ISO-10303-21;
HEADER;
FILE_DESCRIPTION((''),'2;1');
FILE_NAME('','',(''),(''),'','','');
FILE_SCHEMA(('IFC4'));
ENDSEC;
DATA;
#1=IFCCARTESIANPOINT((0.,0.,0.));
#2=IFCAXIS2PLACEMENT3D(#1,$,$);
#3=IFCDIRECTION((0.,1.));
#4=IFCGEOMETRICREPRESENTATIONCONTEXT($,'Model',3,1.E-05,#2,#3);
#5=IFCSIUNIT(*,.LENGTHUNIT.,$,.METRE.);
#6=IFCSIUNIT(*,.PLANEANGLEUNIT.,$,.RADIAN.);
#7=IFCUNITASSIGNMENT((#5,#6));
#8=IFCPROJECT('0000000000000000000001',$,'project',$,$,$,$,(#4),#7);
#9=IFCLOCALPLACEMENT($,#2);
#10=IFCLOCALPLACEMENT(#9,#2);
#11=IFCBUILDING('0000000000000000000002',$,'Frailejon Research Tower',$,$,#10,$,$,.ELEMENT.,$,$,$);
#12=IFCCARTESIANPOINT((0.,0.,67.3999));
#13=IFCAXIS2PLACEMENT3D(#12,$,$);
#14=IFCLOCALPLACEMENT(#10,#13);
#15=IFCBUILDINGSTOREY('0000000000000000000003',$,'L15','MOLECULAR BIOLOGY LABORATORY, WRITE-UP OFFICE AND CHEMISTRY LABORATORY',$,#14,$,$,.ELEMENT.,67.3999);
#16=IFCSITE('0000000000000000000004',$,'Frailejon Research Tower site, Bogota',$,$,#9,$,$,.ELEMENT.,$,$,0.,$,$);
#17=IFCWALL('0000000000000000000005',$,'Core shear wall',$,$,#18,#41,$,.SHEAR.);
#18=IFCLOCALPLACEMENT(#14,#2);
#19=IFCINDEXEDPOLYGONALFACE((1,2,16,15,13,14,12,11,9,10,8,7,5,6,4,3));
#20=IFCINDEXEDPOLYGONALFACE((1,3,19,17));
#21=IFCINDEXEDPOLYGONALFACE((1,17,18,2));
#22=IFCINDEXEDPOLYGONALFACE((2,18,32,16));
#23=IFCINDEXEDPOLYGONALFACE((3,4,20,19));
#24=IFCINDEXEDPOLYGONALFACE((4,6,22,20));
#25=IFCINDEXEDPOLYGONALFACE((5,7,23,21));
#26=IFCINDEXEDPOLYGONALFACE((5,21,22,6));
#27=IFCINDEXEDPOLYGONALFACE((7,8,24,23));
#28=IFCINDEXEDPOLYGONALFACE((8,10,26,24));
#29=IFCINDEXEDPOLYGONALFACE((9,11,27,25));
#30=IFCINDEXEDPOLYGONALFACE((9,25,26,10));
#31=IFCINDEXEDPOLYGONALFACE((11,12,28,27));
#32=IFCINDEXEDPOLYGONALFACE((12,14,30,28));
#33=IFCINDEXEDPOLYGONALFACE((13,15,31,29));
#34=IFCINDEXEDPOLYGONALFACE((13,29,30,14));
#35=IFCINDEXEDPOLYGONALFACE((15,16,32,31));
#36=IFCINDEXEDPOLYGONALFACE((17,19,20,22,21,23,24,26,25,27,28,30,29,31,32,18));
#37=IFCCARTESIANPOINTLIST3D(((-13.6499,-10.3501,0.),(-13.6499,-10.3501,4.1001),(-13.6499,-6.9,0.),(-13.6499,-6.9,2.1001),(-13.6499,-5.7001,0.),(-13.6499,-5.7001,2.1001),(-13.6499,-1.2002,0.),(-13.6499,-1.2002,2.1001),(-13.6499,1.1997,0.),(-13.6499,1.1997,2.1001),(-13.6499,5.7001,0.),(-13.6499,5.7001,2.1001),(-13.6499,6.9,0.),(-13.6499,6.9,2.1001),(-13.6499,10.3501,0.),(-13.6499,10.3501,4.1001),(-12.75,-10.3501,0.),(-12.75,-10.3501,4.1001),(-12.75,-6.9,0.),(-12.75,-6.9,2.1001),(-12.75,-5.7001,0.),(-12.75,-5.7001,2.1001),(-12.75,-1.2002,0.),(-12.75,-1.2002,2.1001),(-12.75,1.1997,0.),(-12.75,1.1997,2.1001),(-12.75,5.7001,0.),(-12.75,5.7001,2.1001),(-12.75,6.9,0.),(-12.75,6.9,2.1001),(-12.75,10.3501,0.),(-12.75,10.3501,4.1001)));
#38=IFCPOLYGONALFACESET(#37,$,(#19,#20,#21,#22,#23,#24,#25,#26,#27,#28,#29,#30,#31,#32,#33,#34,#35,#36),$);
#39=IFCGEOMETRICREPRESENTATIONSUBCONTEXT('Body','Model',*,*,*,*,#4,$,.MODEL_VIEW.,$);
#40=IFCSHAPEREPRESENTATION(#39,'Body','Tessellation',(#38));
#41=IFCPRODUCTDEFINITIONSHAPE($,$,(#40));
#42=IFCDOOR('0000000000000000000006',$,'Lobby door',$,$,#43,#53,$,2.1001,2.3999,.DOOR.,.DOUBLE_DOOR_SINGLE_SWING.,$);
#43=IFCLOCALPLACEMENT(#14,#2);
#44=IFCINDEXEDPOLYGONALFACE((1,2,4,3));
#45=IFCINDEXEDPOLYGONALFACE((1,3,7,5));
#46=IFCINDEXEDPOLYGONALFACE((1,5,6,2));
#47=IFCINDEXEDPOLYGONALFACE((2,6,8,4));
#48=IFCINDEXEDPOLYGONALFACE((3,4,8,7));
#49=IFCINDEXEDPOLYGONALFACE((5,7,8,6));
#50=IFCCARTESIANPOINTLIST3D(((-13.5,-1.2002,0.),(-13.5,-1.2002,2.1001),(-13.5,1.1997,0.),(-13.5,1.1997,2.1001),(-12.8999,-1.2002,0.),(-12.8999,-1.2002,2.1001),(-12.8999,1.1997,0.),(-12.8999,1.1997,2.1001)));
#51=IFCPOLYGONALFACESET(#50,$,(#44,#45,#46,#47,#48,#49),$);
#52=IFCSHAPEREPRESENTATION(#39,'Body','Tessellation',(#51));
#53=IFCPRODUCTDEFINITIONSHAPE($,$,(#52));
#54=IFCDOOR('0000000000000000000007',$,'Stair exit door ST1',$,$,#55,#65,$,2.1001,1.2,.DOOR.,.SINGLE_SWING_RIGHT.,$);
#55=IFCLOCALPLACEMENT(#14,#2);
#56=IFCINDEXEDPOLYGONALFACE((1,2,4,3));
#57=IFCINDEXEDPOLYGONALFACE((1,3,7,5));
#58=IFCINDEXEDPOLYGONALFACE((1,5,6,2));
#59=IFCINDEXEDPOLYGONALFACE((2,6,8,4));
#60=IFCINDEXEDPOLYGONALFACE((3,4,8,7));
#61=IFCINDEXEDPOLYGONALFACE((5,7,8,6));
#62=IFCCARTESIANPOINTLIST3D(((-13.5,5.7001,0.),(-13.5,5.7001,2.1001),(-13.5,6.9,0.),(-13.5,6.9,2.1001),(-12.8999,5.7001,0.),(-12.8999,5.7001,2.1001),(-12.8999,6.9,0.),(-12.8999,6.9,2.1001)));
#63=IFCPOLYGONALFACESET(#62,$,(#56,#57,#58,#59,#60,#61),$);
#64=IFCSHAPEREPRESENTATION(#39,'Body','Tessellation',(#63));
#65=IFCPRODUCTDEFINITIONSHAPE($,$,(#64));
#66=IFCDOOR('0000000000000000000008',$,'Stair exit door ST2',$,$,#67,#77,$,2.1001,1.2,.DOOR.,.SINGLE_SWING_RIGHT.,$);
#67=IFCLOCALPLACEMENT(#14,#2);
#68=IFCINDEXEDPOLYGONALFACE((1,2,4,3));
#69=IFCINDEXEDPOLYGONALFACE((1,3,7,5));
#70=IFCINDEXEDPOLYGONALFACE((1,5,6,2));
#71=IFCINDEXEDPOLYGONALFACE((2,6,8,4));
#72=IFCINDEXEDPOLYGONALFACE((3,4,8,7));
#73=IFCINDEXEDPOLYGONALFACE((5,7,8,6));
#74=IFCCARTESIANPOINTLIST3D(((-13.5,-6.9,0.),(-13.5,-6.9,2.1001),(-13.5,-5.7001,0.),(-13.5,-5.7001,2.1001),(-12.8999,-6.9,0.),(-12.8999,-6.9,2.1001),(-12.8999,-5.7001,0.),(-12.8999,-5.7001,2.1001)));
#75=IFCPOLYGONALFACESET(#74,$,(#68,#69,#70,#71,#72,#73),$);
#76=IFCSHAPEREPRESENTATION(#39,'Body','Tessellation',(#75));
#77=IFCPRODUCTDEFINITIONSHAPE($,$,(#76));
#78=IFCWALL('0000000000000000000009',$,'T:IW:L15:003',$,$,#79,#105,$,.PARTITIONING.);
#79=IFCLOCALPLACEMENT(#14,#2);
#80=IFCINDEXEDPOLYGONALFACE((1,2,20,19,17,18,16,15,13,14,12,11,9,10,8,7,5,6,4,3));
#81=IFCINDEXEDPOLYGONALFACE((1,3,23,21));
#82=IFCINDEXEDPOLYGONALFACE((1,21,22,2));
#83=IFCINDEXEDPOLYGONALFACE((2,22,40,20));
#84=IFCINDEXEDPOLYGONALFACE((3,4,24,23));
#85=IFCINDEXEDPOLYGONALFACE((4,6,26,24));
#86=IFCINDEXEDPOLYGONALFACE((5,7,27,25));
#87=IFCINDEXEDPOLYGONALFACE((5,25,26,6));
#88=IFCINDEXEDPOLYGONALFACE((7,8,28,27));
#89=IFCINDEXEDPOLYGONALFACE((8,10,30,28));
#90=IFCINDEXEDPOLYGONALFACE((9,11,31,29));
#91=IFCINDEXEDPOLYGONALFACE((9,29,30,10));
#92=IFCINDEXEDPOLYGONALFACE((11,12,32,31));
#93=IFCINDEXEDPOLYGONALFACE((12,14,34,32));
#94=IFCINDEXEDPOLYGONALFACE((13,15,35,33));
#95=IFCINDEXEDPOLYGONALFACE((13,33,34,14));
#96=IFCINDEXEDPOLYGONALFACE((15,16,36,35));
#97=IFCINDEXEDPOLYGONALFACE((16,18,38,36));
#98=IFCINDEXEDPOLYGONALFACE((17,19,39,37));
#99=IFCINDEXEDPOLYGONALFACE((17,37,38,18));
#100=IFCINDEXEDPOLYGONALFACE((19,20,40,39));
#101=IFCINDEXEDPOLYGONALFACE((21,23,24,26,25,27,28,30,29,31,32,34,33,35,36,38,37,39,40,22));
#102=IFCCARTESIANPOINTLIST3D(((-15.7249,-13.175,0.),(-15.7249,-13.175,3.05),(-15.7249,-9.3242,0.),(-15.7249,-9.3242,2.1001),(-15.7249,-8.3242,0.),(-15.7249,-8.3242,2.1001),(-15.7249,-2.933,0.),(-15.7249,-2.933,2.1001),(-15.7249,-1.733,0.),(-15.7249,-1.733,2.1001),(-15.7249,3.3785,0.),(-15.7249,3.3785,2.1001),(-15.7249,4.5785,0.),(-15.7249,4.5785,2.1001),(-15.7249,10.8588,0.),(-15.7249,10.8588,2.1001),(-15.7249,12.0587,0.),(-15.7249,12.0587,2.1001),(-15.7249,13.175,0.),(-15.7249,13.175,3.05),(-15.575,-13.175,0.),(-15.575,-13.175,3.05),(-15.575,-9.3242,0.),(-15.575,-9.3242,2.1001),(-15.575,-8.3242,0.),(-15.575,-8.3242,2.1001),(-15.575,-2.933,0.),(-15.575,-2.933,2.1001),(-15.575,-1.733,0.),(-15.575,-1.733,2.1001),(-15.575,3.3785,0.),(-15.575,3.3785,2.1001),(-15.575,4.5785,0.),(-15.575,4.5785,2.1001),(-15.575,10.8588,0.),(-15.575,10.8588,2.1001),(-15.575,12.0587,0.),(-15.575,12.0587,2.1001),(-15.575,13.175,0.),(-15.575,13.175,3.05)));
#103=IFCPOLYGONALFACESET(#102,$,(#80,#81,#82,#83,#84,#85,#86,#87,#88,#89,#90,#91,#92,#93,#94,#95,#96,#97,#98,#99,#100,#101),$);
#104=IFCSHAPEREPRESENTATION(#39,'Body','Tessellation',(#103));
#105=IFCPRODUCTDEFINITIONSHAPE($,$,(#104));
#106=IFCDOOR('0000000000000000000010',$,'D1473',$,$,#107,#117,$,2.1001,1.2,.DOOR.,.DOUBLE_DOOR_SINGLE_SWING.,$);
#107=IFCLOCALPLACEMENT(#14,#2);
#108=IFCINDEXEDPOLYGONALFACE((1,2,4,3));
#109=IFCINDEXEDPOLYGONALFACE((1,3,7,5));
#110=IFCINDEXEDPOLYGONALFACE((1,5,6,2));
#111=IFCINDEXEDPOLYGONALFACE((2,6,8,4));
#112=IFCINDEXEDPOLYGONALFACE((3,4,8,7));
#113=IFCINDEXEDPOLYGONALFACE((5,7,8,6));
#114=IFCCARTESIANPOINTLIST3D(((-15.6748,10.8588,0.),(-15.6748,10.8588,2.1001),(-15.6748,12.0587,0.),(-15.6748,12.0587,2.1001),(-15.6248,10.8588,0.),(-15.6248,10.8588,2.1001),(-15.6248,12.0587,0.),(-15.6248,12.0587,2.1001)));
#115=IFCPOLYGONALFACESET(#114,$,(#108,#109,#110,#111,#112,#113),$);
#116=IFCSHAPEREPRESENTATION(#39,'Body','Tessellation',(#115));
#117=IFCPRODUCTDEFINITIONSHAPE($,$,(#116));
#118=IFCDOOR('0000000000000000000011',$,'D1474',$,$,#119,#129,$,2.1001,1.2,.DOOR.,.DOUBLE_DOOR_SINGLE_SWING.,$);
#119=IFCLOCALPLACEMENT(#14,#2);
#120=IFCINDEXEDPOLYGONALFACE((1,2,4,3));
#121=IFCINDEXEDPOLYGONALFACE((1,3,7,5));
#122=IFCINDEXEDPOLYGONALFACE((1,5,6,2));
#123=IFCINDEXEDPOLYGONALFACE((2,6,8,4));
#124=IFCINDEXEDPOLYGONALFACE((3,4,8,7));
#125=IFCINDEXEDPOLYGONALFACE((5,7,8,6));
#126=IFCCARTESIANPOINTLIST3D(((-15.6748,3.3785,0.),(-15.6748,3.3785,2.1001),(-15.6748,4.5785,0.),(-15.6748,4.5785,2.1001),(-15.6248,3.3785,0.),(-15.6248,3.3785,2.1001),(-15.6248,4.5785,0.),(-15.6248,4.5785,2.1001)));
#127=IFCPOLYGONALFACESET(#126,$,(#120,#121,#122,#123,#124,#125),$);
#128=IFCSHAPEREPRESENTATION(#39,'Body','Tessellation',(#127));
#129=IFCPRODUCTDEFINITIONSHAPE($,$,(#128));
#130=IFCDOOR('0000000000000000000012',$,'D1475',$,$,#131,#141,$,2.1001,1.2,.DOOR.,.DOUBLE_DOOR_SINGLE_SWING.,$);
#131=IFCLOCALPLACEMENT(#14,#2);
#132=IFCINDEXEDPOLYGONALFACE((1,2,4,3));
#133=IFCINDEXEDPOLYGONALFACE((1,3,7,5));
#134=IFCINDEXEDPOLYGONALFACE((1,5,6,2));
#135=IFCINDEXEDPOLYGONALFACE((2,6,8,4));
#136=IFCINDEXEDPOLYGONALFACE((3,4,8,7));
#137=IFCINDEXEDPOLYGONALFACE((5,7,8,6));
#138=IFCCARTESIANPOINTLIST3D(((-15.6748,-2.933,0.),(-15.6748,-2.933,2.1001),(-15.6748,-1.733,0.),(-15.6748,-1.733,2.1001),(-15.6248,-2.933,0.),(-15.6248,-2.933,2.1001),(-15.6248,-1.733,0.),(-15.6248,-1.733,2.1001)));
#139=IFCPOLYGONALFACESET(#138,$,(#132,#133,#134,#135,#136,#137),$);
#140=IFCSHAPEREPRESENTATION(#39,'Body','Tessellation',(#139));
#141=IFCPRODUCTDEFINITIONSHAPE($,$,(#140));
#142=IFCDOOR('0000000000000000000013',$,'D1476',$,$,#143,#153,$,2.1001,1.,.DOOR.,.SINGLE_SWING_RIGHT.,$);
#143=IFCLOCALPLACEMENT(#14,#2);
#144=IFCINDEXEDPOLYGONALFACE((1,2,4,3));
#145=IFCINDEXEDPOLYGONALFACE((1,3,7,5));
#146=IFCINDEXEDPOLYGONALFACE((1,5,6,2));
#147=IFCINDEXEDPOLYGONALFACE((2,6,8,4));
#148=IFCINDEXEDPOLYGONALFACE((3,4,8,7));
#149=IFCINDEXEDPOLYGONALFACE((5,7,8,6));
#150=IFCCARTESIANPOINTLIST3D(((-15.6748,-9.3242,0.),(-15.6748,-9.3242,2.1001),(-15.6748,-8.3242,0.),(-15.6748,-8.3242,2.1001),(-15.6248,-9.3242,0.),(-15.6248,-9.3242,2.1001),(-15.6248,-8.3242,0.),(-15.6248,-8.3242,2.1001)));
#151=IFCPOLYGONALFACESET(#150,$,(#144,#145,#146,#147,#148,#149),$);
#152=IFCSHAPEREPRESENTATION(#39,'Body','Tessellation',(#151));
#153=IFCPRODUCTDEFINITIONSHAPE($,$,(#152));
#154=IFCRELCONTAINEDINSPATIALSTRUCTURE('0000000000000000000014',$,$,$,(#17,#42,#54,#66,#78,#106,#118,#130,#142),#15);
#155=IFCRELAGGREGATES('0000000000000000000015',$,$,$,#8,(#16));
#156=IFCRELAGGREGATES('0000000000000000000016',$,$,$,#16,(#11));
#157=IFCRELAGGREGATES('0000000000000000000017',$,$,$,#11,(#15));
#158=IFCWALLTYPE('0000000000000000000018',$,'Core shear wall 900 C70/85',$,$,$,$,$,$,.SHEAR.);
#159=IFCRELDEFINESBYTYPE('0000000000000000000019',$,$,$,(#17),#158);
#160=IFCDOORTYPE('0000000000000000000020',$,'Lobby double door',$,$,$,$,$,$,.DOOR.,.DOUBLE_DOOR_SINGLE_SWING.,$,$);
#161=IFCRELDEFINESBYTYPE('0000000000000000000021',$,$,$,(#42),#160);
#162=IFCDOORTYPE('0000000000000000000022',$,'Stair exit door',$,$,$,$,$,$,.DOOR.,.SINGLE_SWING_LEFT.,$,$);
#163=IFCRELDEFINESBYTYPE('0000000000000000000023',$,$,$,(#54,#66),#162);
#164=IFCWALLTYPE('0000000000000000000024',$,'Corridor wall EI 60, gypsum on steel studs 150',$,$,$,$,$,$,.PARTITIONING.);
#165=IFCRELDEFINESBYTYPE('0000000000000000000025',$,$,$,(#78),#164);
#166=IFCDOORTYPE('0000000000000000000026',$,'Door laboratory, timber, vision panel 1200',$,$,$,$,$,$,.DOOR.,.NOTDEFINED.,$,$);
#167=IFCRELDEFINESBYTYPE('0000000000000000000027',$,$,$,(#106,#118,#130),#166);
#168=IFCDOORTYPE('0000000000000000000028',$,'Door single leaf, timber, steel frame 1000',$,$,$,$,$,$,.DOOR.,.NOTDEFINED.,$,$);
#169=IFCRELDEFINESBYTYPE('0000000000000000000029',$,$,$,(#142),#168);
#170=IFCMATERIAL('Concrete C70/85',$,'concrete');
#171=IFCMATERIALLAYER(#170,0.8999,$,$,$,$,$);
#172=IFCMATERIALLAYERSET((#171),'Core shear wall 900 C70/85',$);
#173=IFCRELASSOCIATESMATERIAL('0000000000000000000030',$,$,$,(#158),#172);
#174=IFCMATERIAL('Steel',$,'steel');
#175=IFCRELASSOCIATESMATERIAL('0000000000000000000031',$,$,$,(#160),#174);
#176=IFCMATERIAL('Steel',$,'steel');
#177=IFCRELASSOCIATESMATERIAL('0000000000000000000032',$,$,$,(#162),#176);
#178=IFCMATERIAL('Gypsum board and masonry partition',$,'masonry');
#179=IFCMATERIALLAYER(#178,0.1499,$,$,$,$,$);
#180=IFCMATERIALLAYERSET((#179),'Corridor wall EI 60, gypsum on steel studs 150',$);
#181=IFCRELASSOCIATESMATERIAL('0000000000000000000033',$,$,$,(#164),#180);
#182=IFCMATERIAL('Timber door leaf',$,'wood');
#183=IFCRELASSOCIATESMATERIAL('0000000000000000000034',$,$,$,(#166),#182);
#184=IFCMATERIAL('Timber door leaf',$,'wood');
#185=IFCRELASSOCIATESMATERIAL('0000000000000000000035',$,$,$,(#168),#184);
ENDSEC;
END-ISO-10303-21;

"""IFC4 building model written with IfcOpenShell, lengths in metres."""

from ifc_helpers import new_model, si_unit, direction, frame, frame_2d, origin, place, context, subcontext, project, spatial, rectangle, extrude, material, layer, layer_set, type_object, element, fill, save


model = new_model("IFC4")

# Units and contexts
model_context = context("Model", 3, precision=1e-05, world=origin(), true_north=direction((0.0, 1.0)))
body_context = subcontext(model_context, "Body", "Model", "MODEL_VIEW")
ifc_project = project(units=[si_unit("LENGTHUNIT", "METRE"), si_unit("PLANEANGLEUNIT", "RADIAN")], contexts=[model_context])

# Site, building, storey
site_placement = place(None, origin())
site = spatial("IfcSite", under=ifc_project, at=site_placement, Name="Frailejon Research Tower site, Bogota", CompositionType="ELEMENT", RefElevation=0.0)
building_placement = place(site_placement, origin())
building = spatial("IfcBuilding", under=site, at=building_placement, Name="Frailejon Research Tower", CompositionType="ELEMENT")
storey_placement = place(building_placement, frame((0.0, 0.0, 67.3999)))
storey = spatial("IfcBuildingStorey", under=building, at=storey_placement, Name="L15", Description="MOLECULAR BIOLOGY LABORATORY, WRITE-UP OFFICE AND CHEMISTRY LABORATORY", CompositionType="ELEMENT", Elevation=67.3999)

# Walls, openings, doors
ifc_material_1 = material(Name="Concrete C70/85", Category="concrete")
ifc_layer_1 = layer(ifc_material_1, 0.8999)
ifc_layer_set_1 = layer_set([ifc_layer_1], Name="Core shear wall 900 C70/85")
wall_type_1 = type_object("IfcWallType", Name="Core shear wall 900 C70/85", PredefinedType="SHEAR", material=ifc_layer_set_1)
wall_1_placement = place(storey_placement, frame((-13.2, -10.3501, 0.0), z_axis=(0.0, 0.0, 1.0), x_axis=(0.0, 1.0, 0.0)))
wall_1 = element("IfcWall", 1, at=wall_1_placement, inside=storey, type_object=wall_type_1, Name="Core shear wall", PredefinedType="SHEAR", context=body_context, shape_type="SweptSolid", body=[
    extrude(rectangle(XDim=20.7002, YDim=0.8999, at=frame_2d((10.3501, 0.0))), origin(), (0.0, 0.0, 1.0), 4.1001),
])
opening_1_placement = place(wall_1_placement, frame((9.1499, 0.0, 0.0)))
opening_1 = element("IfcOpeningElement", 2, at=opening_1_placement, cuts=wall_1, PredefinedType="OPENING", context=body_context, shape_type="SweptSolid", body=[
    extrude(rectangle(XDim=2.3999, YDim=2.1001, at=frame_2d((1.2, 1.05))), frame((0.0, 0.46, 0.0), z_axis=(0.0, -1.0, 0.0), x_axis=(1.0, 0.0, 0.0)), (0.0, 0.0, 1.0), 0.9199),
])
opening_2_placement = place(wall_1_placement, frame((16.05, 0.0, 0.0)))
opening_2 = element("IfcOpeningElement", 3, at=opening_2_placement, cuts=wall_1, PredefinedType="OPENING", context=body_context, shape_type="SweptSolid", body=[
    extrude(rectangle(XDim=1.2, YDim=2.1001, at=frame_2d((0.6001, 1.05))), frame((0.0, 0.46, 0.0), z_axis=(0.0, -1.0, 0.0), x_axis=(1.0, 0.0, 0.0)), (0.0, 0.0, 1.0), 0.9199),
])
opening_3_placement = place(wall_1_placement, frame((3.45, 0.0, 0.0)))
opening_3 = element("IfcOpeningElement", 4, at=opening_3_placement, cuts=wall_1, PredefinedType="OPENING", context=body_context, shape_type="SweptSolid", body=[
    extrude(rectangle(XDim=1.2, YDim=2.1001, at=frame_2d((0.6001, 1.05))), frame((0.0, 0.46, 0.0), z_axis=(0.0, -1.0, 0.0), x_axis=(1.0, 0.0, 0.0)), (0.0, 0.0, 1.0), 0.9199),
])
ifc_material_2 = material(Name="Steel", Category="steel")
door_type_1 = type_object("IfcDoorType", Name="Lobby double door", OperationType="DOUBLE_DOOR_SINGLE_SWING", PredefinedType="DOOR", material=ifc_material_2)
door_1_placement = place(opening_1_placement, origin())
door_1 = element("IfcDoor", 5, at=door_1_placement, inside=storey, type_object=door_type_1, Name="Lobby door", OperationType="DOUBLE_DOOR_SINGLE_SWING", OverallHeight=2.1001, OverallWidth=2.3999, PredefinedType="DOOR", context=body_context, shape_type="SweptSolid", body=[
    extrude(rectangle(XDim=2.3999, YDim=2.1001, at=frame_2d((1.2, 1.05))), frame((0.0, 0.3, 0.0), z_axis=(0.0, -1.0, 0.0), x_axis=(1.0, 0.0, 0.0)), (0.0, 0.0, 1.0), 0.6001),
])
fill(opening_1, door_1)
ifc_material_3 = material(Name="Steel", Category="steel")
door_type_2 = type_object("IfcDoorType", Name="Stair exit door", OperationType="SINGLE_SWING_LEFT", PredefinedType="DOOR", material=ifc_material_3)
door_2_placement = place(opening_2_placement, origin())
door_2 = element("IfcDoor", 6, at=door_2_placement, inside=storey, type_object=door_type_2, Name="Stair exit door ST1", OperationType="SINGLE_SWING_RIGHT", OverallHeight=2.1001, OverallWidth=1.2, PredefinedType="DOOR", context=body_context, shape_type="SweptSolid", body=[
    extrude(rectangle(XDim=1.2, YDim=2.1001, at=frame_2d((0.6001, 1.05))), frame((0.0, 0.3, 0.0), z_axis=(0.0, -1.0, 0.0), x_axis=(1.0, 0.0, 0.0)), (0.0, 0.0, 1.0), 0.6001),
])
fill(opening_2, door_2)
door_3_placement = place(opening_3_placement, origin())
door_3 = element("IfcDoor", 7, at=door_3_placement, inside=storey, type_object=door_type_2, Name="Stair exit door ST2", OperationType="SINGLE_SWING_RIGHT", OverallHeight=2.1001, OverallWidth=1.2, PredefinedType="DOOR", context=body_context, shape_type="SweptSolid", body=[
    extrude(rectangle(XDim=1.2, YDim=2.1001, at=frame_2d((0.6001, 1.05))), frame((0.0, 0.3, 0.0), z_axis=(0.0, -1.0, 0.0), x_axis=(1.0, 0.0, 0.0)), (0.0, 0.0, 1.0), 0.6001),
])
fill(opening_3, door_3)
ifc_material_4 = material(Name="Gypsum board and masonry partition", Category="masonry")
ifc_layer_2 = layer(ifc_material_4, 0.1499)
ifc_layer_set_2 = layer_set([ifc_layer_2], Name="Corridor wall EI 60, gypsum on steel studs 150")
wall_type_2 = type_object("IfcWallType", Name="Corridor wall EI 60, gypsum on steel studs 150", PredefinedType="PARTITIONING", material=ifc_layer_set_2)
wall_2_placement = place(storey_placement, frame((-15.6499, -13.175, 0.0), z_axis=(0.0, 0.0, 1.0), x_axis=(0.0, 1.0, 0.0)))
wall_2 = element("IfcWall", 8, at=wall_2_placement, inside=storey, type_object=wall_type_2, Name="T:IW:L15:003", PredefinedType="PARTITIONING", context=body_context, shape_type="SweptSolid", body=[
    extrude(rectangle(XDim=26.3501, YDim=0.1499, at=frame_2d((13.175, 0.0))), origin(), (0.0, 0.0, 1.0), 3.05),
])
opening_4_placement = place(wall_2_placement, frame((24.0337, 0.0, 0.0)))
opening_4 = element("IfcOpeningElement", 9, at=opening_4_placement, cuts=wall_2, PredefinedType="OPENING", context=body_context, shape_type="SweptSolid", body=[
    extrude(rectangle(XDim=1.2, YDim=2.1001, at=frame_2d((0.6001, 1.05))), frame((0.0, 0.085, 0.0), z_axis=(0.0, -1.0, 0.0), x_axis=(1.0, 0.0, 0.0)), (0.0, 0.0, 1.0), 0.1699),
])
opening_5_placement = place(wall_2_placement, frame((16.5535, 0.0, 0.0)))
opening_5 = element("IfcOpeningElement", 10, at=opening_5_placement, cuts=wall_2, PredefinedType="OPENING", context=body_context, shape_type="SweptSolid", body=[
    extrude(rectangle(XDim=1.2, YDim=2.1001, at=frame_2d((0.6001, 1.05))), frame((0.0, 0.085, 0.0), z_axis=(0.0, -1.0, 0.0), x_axis=(1.0, 0.0, 0.0)), (0.0, 0.0, 1.0), 0.1699),
])
opening_6_placement = place(wall_2_placement, frame((10.2419, 0.0, 0.0)))
opening_6 = element("IfcOpeningElement", 11, at=opening_6_placement, cuts=wall_2, PredefinedType="OPENING", context=body_context, shape_type="SweptSolid", body=[
    extrude(rectangle(XDim=1.2, YDim=2.1001, at=frame_2d((0.6001, 1.05))), frame((0.0, 0.085, 0.0), z_axis=(0.0, -1.0, 0.0), x_axis=(1.0, 0.0, 0.0)), (0.0, 0.0, 1.0), 0.1699),
])
opening_7_placement = place(wall_2_placement, frame((3.8508, 0.0, 0.0)))
opening_7 = element("IfcOpeningElement", 12, at=opening_7_placement, cuts=wall_2, PredefinedType="OPENING", context=body_context, shape_type="SweptSolid", body=[
    extrude(rectangle(XDim=1.0, YDim=2.1001, at=frame_2d((0.5, 1.05))), frame((0.0, 0.085, 0.0), z_axis=(0.0, -1.0, 0.0), x_axis=(1.0, 0.0, 0.0)), (0.0, 0.0, 1.0), 0.1699),
])
ifc_material_5 = material(Name="Timber door leaf", Category="wood")
door_type_3 = type_object("IfcDoorType", Name="Door laboratory, timber, vision panel 1200", OperationType="NOTDEFINED", PredefinedType="DOOR", material=ifc_material_5)
door_4_placement = place(opening_4_placement, origin())
door_4 = element("IfcDoor", 13, at=door_4_placement, inside=storey, type_object=door_type_3, Name="D1473", OperationType="DOUBLE_DOOR_SINGLE_SWING", OverallHeight=2.1001, OverallWidth=1.2, PredefinedType="DOOR", context=body_context, shape_type="SweptSolid", body=[
    extrude(rectangle(XDim=1.2, YDim=2.1001, at=frame_2d((0.6001, 1.05))), frame((0.0, 0.0249, 0.0), z_axis=(0.0, -1.0, 0.0), x_axis=(1.0, 0.0, 0.0)), (0.0, 0.0, 1.0), 0.05),
])
fill(opening_4, door_4)
door_5_placement = place(opening_5_placement, origin())
door_5 = element("IfcDoor", 14, at=door_5_placement, inside=storey, type_object=door_type_3, Name="D1474", OperationType="DOUBLE_DOOR_SINGLE_SWING", OverallHeight=2.1001, OverallWidth=1.2, PredefinedType="DOOR", context=body_context, shape_type="SweptSolid", body=[
    extrude(rectangle(XDim=1.2, YDim=2.1001, at=frame_2d((0.6001, 1.05))), frame((0.0, 0.0249, 0.0), z_axis=(0.0, -1.0, 0.0), x_axis=(1.0, 0.0, 0.0)), (0.0, 0.0, 1.0), 0.05),
])
fill(opening_5, door_5)
door_6_placement = place(opening_6_placement, origin())
door_6 = element("IfcDoor", 15, at=door_6_placement, inside=storey, type_object=door_type_3, Name="D1475", OperationType="DOUBLE_DOOR_SINGLE_SWING", OverallHeight=2.1001, OverallWidth=1.2, PredefinedType="DOOR", context=body_context, shape_type="SweptSolid", body=[
    extrude(rectangle(XDim=1.2, YDim=2.1001, at=frame_2d((0.6001, 1.05))), frame((0.0, 0.0249, 0.0), z_axis=(0.0, -1.0, 0.0), x_axis=(1.0, 0.0, 0.0)), (0.0, 0.0, 1.0), 0.05),
])
fill(opening_6, door_6)
ifc_material_6 = material(Name="Timber door leaf", Category="wood")
door_type_4 = type_object("IfcDoorType", Name="Door single leaf, timber, steel frame 1000", OperationType="NOTDEFINED", PredefinedType="DOOR", material=ifc_material_6)
door_7_placement = place(opening_7_placement, origin())
door_7 = element("IfcDoor", 16, at=door_7_placement, inside=storey, type_object=door_type_4, Name="D1476", OperationType="SINGLE_SWING_RIGHT", OverallHeight=2.1001, OverallWidth=1.0, PredefinedType="DOOR", context=body_context, shape_type="SweptSolid", body=[
    extrude(rectangle(XDim=1.0, YDim=2.1001, at=frame_2d((0.5, 1.05))), frame((0.0, 0.0249, 0.0), z_axis=(0.0, -1.0, 0.0), x_axis=(1.0, 0.0, 0.0)), (0.0, 0.0, 1.0), 0.05),
])
fill(opening_7, door_7)

save(model, "model.ifc")
